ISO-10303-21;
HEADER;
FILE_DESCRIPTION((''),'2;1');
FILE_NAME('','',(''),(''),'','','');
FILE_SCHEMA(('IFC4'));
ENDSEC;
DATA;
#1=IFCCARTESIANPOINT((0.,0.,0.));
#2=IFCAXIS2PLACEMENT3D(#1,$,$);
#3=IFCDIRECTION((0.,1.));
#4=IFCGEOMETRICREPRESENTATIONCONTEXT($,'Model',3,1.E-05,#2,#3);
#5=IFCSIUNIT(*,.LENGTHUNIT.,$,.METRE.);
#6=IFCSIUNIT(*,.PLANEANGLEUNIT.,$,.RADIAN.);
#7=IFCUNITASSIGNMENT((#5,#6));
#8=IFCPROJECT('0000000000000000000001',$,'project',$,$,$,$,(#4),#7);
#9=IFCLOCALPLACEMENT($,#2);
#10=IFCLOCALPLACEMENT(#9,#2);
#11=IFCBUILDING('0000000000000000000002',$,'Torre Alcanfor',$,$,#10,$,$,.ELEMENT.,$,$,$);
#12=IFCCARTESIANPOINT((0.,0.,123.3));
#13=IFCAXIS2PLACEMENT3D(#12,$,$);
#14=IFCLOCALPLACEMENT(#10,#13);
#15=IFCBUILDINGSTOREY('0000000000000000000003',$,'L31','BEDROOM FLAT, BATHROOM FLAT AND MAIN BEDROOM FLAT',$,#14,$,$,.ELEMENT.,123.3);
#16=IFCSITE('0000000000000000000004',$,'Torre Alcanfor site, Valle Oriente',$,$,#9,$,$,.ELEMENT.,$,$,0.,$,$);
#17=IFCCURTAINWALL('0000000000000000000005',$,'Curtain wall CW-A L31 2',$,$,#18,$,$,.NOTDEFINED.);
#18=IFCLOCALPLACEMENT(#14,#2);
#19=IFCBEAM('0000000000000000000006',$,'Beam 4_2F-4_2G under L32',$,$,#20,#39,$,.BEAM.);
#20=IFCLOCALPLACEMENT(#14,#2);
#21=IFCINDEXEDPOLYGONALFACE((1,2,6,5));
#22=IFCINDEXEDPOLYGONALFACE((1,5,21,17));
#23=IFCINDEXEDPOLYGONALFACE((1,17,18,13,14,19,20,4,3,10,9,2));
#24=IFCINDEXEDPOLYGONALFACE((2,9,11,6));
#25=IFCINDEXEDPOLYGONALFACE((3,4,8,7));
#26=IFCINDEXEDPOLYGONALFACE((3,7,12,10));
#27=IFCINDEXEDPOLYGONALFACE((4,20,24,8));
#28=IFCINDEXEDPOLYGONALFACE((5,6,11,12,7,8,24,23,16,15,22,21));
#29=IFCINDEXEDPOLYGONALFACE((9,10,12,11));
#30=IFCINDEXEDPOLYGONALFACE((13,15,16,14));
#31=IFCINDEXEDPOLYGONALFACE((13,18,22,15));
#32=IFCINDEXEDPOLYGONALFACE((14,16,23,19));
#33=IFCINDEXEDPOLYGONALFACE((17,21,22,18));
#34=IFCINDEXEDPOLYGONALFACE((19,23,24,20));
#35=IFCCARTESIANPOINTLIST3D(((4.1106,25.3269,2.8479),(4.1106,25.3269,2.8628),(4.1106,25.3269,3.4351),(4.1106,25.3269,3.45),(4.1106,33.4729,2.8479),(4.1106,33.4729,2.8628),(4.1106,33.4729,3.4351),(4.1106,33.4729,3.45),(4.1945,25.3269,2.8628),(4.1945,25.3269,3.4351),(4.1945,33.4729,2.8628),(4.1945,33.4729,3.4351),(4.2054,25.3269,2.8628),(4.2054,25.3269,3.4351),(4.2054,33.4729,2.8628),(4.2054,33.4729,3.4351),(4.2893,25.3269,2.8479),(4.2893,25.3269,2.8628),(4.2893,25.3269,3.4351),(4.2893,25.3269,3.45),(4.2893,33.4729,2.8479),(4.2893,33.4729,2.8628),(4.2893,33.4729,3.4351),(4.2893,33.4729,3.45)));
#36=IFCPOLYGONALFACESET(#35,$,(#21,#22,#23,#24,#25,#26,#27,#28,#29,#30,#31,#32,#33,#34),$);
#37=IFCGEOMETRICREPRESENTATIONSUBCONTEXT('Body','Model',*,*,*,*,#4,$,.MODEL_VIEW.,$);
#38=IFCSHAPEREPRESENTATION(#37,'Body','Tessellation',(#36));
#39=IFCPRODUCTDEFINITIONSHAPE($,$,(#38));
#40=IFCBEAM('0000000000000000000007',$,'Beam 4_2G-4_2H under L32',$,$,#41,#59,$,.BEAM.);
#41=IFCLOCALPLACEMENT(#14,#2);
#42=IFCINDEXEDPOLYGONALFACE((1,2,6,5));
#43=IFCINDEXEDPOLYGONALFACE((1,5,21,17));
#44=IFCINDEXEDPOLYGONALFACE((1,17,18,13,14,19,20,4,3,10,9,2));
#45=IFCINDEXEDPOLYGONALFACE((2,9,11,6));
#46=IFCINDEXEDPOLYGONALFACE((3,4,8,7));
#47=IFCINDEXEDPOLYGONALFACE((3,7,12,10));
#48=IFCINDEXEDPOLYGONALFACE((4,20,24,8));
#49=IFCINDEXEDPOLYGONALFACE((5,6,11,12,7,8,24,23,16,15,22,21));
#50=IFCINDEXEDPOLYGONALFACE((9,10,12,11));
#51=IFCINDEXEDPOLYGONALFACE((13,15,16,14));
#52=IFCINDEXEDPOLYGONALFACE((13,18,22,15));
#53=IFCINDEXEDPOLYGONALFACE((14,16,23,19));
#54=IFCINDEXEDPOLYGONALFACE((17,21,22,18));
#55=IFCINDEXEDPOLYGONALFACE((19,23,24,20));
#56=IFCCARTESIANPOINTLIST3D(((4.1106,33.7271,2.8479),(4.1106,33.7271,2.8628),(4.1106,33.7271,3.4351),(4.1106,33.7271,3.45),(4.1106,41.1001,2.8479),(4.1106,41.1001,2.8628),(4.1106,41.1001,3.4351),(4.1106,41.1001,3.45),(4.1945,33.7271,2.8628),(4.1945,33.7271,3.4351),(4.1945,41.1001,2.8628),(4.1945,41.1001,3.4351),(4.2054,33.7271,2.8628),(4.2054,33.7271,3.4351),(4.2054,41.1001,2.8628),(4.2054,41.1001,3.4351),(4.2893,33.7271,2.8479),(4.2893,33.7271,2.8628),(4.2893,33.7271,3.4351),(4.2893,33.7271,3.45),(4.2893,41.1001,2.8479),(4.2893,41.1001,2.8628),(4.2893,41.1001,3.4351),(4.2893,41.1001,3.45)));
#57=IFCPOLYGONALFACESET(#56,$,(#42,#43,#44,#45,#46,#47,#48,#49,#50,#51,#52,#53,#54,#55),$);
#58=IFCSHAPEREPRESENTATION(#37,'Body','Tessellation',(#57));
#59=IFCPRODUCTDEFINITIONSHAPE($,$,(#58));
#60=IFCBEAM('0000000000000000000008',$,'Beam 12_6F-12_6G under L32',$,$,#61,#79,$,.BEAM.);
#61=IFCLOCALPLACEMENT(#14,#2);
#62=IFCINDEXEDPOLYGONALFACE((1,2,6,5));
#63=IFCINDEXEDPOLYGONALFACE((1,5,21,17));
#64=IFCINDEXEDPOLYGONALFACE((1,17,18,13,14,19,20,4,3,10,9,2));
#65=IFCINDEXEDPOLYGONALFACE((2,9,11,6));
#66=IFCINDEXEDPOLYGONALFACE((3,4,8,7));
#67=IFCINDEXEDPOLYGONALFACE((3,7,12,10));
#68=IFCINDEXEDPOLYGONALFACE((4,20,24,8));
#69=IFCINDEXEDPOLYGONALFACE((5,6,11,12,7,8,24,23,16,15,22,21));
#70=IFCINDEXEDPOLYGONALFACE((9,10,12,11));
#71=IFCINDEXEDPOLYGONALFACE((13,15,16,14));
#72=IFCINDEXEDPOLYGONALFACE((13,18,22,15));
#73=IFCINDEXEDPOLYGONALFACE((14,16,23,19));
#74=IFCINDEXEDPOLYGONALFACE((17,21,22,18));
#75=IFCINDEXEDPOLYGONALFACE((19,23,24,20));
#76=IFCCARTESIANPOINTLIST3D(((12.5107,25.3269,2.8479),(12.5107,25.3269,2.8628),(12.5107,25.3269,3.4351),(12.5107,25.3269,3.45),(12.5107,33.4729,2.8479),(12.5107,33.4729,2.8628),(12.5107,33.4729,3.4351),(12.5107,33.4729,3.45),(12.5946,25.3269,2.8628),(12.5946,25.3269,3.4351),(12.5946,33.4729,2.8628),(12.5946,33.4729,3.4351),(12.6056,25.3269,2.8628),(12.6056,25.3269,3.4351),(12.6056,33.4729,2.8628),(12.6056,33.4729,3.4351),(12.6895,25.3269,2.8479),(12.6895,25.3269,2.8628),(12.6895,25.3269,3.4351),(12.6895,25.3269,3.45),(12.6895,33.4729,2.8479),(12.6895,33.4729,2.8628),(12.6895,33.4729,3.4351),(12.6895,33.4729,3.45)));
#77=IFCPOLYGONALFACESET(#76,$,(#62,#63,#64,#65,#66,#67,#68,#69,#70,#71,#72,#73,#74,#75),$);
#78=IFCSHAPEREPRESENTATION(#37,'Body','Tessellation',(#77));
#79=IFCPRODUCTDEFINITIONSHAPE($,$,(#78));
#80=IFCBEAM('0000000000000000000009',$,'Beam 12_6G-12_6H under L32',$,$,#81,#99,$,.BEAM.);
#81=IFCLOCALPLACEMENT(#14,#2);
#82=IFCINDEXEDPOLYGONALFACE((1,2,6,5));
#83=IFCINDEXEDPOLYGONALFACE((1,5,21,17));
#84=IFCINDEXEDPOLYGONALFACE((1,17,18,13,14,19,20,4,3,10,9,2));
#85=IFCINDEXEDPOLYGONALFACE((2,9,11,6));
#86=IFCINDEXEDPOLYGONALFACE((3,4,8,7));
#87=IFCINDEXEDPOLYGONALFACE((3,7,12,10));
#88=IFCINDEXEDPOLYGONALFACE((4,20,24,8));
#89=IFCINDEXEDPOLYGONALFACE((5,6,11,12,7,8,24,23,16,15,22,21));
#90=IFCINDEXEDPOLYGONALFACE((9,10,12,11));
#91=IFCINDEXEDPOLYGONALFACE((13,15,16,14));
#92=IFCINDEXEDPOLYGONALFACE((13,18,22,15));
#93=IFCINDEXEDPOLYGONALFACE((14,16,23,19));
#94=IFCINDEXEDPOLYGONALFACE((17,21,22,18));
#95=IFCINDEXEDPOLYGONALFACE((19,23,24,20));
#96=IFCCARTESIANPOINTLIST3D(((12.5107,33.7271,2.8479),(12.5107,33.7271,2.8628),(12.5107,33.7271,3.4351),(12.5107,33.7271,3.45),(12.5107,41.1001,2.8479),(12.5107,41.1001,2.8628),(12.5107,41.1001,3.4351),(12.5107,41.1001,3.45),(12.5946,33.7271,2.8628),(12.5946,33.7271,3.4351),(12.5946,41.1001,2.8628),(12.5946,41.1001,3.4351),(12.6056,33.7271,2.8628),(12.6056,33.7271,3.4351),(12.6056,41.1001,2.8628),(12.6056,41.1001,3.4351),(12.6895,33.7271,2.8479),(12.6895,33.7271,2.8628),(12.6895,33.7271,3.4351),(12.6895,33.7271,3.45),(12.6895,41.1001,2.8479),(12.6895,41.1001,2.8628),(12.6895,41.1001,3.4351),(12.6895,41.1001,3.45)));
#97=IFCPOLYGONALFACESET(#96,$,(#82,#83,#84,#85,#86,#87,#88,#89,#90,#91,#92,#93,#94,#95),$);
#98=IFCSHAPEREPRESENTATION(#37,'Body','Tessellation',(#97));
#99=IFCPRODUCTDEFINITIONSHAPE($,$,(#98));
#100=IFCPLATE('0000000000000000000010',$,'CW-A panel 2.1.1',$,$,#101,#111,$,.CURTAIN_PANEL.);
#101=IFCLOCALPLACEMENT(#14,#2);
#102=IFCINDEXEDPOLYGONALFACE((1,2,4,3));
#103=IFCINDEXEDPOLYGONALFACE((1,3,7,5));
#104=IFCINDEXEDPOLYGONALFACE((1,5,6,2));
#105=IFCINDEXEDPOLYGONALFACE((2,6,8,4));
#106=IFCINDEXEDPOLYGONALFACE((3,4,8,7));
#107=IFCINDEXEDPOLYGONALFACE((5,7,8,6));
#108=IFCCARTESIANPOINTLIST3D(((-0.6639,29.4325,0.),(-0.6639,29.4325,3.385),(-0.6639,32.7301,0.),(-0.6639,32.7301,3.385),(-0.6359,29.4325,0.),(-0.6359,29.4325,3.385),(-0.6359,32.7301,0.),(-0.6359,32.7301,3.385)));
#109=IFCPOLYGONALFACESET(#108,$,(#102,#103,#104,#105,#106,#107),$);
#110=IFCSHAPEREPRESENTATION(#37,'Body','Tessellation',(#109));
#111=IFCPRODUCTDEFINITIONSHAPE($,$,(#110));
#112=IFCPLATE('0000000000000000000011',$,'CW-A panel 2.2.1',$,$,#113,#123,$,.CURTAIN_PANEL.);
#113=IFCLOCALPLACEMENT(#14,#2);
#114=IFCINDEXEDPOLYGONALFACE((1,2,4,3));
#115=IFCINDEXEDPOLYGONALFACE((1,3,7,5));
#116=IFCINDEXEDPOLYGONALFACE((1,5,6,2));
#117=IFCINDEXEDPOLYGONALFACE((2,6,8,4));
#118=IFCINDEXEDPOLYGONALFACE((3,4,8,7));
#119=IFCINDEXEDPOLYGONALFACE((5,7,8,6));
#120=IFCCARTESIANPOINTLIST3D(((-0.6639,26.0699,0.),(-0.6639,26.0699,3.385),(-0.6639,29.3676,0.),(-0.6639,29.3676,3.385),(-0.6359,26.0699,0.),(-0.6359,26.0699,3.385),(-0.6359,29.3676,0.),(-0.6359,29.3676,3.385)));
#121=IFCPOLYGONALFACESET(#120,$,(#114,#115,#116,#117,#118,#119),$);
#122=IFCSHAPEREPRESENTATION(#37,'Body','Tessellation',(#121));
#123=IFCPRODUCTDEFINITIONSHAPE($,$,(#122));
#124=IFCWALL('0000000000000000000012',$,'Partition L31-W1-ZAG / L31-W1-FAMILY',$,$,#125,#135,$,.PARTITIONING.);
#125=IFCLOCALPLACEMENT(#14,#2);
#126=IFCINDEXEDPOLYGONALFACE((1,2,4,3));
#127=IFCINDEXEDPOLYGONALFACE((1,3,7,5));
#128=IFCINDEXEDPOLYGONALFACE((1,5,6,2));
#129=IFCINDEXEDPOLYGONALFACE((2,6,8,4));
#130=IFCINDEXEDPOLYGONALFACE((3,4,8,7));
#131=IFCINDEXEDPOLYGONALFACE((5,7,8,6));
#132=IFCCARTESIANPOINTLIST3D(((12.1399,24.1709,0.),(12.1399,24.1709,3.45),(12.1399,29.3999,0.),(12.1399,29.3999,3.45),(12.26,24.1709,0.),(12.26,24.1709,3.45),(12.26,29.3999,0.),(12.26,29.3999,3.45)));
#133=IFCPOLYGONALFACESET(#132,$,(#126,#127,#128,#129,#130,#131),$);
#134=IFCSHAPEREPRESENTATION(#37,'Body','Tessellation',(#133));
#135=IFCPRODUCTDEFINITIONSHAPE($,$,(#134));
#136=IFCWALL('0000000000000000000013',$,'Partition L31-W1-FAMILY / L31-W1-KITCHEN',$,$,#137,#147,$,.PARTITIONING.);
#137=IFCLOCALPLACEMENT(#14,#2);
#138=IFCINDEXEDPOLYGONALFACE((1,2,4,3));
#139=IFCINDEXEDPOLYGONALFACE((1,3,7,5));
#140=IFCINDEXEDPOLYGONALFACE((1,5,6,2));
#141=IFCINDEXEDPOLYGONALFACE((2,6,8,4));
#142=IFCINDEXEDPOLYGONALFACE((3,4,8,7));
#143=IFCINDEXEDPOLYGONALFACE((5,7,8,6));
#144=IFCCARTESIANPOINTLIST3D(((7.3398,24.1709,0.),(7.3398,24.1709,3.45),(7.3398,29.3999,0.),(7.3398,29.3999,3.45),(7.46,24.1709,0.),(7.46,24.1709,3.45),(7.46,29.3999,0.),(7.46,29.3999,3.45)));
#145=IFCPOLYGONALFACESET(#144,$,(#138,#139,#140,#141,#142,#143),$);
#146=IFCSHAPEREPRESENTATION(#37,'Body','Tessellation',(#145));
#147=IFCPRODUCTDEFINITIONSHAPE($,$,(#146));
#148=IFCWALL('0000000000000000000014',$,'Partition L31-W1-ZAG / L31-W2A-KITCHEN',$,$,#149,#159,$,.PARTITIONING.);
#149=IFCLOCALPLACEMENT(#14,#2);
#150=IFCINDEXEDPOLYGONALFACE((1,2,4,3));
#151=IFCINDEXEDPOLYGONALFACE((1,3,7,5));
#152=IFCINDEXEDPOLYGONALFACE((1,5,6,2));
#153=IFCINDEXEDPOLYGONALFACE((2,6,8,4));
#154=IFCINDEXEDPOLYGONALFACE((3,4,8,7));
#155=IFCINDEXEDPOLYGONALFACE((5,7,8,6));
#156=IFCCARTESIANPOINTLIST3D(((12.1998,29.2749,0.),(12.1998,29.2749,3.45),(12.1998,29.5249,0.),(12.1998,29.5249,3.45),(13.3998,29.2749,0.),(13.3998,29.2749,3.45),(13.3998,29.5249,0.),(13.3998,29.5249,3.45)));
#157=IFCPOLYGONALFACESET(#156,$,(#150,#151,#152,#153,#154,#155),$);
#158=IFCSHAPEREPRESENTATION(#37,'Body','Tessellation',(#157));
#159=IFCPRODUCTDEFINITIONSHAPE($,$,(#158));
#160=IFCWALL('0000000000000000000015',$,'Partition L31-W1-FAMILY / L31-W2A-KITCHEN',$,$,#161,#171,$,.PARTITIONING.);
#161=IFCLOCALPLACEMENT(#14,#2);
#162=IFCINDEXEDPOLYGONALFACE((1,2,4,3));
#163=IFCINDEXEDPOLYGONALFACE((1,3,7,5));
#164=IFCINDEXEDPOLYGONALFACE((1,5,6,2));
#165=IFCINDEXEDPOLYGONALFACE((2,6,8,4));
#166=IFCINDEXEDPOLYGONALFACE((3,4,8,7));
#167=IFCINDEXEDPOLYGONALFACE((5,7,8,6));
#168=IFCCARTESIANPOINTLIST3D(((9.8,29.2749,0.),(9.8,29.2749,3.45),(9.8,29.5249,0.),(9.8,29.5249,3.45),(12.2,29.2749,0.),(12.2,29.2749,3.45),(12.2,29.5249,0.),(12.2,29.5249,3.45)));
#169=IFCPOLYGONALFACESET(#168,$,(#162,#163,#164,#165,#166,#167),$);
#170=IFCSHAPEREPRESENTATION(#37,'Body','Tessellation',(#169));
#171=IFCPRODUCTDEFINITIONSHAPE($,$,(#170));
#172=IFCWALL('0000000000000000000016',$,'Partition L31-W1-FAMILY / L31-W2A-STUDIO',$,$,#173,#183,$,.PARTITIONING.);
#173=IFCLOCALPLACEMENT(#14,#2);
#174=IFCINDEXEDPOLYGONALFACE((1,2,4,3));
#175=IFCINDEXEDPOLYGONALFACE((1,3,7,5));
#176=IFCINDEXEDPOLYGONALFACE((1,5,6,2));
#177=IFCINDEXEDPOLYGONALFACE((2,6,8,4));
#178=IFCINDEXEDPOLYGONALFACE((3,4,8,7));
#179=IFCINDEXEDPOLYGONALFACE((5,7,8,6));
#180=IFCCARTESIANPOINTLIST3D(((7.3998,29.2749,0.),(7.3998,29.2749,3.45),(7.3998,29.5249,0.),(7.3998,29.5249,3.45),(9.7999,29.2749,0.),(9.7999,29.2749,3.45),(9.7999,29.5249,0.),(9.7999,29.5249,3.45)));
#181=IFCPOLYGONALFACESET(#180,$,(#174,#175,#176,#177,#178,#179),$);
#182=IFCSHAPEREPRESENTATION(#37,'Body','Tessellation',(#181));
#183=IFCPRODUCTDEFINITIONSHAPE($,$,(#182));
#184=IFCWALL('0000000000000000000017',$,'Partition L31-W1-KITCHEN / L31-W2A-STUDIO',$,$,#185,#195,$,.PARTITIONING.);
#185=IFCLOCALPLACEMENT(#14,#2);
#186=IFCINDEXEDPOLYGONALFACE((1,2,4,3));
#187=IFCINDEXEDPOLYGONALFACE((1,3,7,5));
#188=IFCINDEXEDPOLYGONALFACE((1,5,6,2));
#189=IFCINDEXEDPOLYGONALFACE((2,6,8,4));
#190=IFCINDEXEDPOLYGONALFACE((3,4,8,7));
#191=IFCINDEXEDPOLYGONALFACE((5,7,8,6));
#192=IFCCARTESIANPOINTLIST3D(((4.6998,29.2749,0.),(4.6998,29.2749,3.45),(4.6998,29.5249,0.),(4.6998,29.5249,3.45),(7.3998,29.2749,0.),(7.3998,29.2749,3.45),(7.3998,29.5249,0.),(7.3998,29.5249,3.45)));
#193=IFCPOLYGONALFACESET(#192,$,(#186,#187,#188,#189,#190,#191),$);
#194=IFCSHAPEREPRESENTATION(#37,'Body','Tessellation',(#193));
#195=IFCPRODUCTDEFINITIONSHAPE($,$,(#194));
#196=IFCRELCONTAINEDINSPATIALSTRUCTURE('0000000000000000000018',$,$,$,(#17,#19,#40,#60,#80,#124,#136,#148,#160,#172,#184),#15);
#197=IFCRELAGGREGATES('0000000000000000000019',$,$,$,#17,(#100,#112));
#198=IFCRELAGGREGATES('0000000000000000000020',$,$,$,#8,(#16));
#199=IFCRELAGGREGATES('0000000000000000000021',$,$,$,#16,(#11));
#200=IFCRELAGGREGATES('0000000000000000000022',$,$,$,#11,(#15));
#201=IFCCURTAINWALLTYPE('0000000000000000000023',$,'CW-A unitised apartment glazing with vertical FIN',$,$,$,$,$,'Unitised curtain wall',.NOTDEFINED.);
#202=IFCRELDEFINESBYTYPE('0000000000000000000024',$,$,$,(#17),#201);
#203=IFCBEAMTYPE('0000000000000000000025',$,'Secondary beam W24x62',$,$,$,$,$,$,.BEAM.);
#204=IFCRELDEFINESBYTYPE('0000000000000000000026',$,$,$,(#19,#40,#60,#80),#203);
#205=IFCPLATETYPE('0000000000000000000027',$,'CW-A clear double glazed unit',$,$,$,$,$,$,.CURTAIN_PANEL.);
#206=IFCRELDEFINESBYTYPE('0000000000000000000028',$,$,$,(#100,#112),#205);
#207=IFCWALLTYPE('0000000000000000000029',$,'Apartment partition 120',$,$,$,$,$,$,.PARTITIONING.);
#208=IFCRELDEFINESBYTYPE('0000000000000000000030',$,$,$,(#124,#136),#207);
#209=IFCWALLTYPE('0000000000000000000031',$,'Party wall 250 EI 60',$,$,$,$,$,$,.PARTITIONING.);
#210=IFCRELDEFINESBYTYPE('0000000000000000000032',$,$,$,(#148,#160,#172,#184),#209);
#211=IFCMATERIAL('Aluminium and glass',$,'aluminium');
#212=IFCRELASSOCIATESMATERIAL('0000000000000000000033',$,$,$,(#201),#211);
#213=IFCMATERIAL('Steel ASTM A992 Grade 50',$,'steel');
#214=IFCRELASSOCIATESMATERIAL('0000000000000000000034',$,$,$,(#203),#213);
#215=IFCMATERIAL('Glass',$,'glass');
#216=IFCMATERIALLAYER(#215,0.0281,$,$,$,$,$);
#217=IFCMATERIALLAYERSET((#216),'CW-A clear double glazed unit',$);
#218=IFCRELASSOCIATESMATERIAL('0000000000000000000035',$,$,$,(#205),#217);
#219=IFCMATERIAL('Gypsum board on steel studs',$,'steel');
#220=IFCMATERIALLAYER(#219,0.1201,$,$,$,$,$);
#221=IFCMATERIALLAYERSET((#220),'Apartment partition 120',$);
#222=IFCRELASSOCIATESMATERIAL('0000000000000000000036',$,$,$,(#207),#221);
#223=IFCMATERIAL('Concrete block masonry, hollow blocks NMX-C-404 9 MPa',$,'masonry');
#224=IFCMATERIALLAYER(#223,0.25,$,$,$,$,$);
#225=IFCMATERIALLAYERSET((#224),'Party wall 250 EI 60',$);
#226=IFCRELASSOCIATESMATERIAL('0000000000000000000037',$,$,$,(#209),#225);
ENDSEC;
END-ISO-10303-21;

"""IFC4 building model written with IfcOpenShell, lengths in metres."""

from ifc_helpers import new_model, si_unit, direction, frame, frame_2d, origin, origin_2d, place, context, subcontext, project, spatial, rectangle, i_section, extrude, material, layer, layer_set, material_profile, profile_set, type_object, element, aggregate, save


model = new_model("IFC4")

# Units and contexts
model_context = context("Model", 3, precision=1e-05, world=origin(), true_north=direction((0.0, 1.0)))
body_context = subcontext(model_context, "Body", "Model", "MODEL_VIEW")
ifc_project = project(units=[si_unit("LENGTHUNIT", "METRE"), si_unit("PLANEANGLEUNIT", "RADIAN")], contexts=[model_context])

# Site, building, storey
site_placement = place(None, origin())
site = spatial("IfcSite", under=ifc_project, at=site_placement, Name="Torre Alcanfor site, Valle Oriente", CompositionType="ELEMENT", RefElevation=0.0)
building_placement = place(site_placement, origin())
building = spatial("IfcBuilding", under=site, at=building_placement, Name="Torre Alcanfor", CompositionType="ELEMENT")
storey_placement = place(building_placement, frame((0.0, 0.0, 123.3)))
storey = spatial("IfcBuildingStorey", under=building, at=storey_placement, Name="L31", Description="BEDROOM FLAT, BATHROOM FLAT AND MAIN BEDROOM FLAT", CompositionType="ELEMENT", Elevation=123.3)

# Curtain wall
ifc_material_1 = material(Name="Aluminium and glass", Category="aluminium")
curtain_wall_type = type_object("IfcCurtainWallType", Name="CW-A unitised apartment glazing with vertical FIN", ElementType="Unitised curtain wall", PredefinedType="NOTDEFINED", material=ifc_material_1)
curtain_wall_placement = place(storey_placement, origin())
curtain_wall = element("IfcCurtainWall", 1, at=curtain_wall_placement, inside=storey, type_object=curtain_wall_type, Name="Curtain wall CW-A L31 2", PredefinedType="NOTDEFINED")

# Beams
ifc_material_2 = material(Name="Steel ASTM A992 Grade 50", Category="steel")
ifc_material_profile_1 = material_profile(ifc_material_2, i_section(OverallWidth=0.1787, OverallDepth=0.6021, WebThickness=0.011, FlangeThickness=0.0149, at=origin_2d()), Name="W24x62")
ifc_profile_set_1 = profile_set([ifc_material_profile_1], Name="Steel ASTM A992 Grade 50")
beam_type_1 = type_object("IfcBeamType", Name="Secondary beam W24x62", PredefinedType="BEAM", material=ifc_profile_set_1)
beam_1_placement = place(storey_placement, frame((4.2, 25.3269, 3.1489), z_axis=(0.0, 1.0, 0.0), x_axis=(-1.0, 0.0, 0.0)))
element("IfcBeam", 2, at=beam_1_placement, inside=storey, type_object=beam_type_1, Name="Beam 4_2F-4_2G under L32", PredefinedType="BEAM", context=body_context, shape_type="SweptSolid", body=[
    extrude(i_section(OverallWidth=0.1787, OverallDepth=0.6021, WebThickness=0.011, FlangeThickness=0.0149, at=origin_2d()), origin(), (0.0, 0.0, 1.0), 8.146),
])
beam_2_placement = place(storey_placement, frame((4.2, 33.7271, 3.1489), z_axis=(0.0, 1.0, 0.0), x_axis=(-1.0, 0.0, 0.0)))
element("IfcBeam", 3, at=beam_2_placement, inside=storey, type_object=beam_type_1, Name="Beam 4_2G-4_2H under L32", PredefinedType="BEAM", context=body_context, shape_type="SweptSolid", body=[
    extrude(i_section(OverallWidth=0.1787, OverallDepth=0.6021, WebThickness=0.011, FlangeThickness=0.0149, at=origin_2d()), origin(), (0.0, 0.0, 1.0), 7.373),
])
beam_3_placement = place(storey_placement, frame((12.6001, 25.3269, 3.1489), z_axis=(0.0, 1.0, 0.0), x_axis=(-1.0, 0.0, 0.0)))
element("IfcBeam", 4, at=beam_3_placement, inside=storey, type_object=beam_type_1, Name="Beam 12_6F-12_6G under L32", PredefinedType="BEAM", context=body_context, shape_type="SweptSolid", body=[
    extrude(i_section(OverallWidth=0.1787, OverallDepth=0.6021, WebThickness=0.011, FlangeThickness=0.0149, at=origin_2d()), origin(), (0.0, 0.0, 1.0), 8.146),
])
beam_4_placement = place(storey_placement, frame((12.6001, 33.7271, 3.1489), z_axis=(0.0, 1.0, 0.0), x_axis=(-1.0, 0.0, 0.0)))
element("IfcBeam", 5, at=beam_4_placement, inside=storey, type_object=beam_type_1, Name="Beam 12_6G-12_6H under L32", PredefinedType="BEAM", context=body_context, shape_type="SweptSolid", body=[
    extrude(i_section(OverallWidth=0.1787, OverallDepth=0.6021, WebThickness=0.011, FlangeThickness=0.0149, at=origin_2d()), origin(), (0.0, 0.0, 1.0), 7.373),
])

# Plates
ifc_material_3 = material(Name="Glass", Category="glass")
ifc_layer_1 = layer(ifc_material_3, 0.0281)
ifc_layer_set_1 = layer_set([ifc_layer_1], Name="CW-A clear double glazed unit")
plate_type = type_object("IfcPlateType", Name="CW-A clear double glazed unit", PredefinedType="CURTAIN_PANEL", material=ifc_layer_set_1)
plate_1_placement = place(storey_placement, frame((-0.6499, 31.0813, 0.0), z_axis=(0.0, 0.0, 1.0), x_axis=(0.0, -1.0, 0.0)))
plate_1 = element("IfcPlate", 6, at=plate_1_placement, type_object=plate_type, Name="CW-A panel 2.1.1", PredefinedType="CURTAIN_PANEL", context=body_context, shape_type="SweptSolid", body=[
    extrude(rectangle(XDim=3.2976, YDim=0.0281, at=origin_2d()), origin(), (0.0, 0.0, 1.0), 3.385),
])
plate_2_placement = place(storey_placement, frame((-0.6499, 27.7188, 0.0), z_axis=(0.0, 0.0, 1.0), x_axis=(0.0, -1.0, 0.0)))
plate_2 = element("IfcPlate", 7, at=plate_2_placement, type_object=plate_type, Name="CW-A panel 2.2.1", PredefinedType="CURTAIN_PANEL", context=body_context, shape_type="SweptSolid", body=[
    extrude(rectangle(XDim=3.2976, YDim=0.0281, at=origin_2d()), origin(), (0.0, 0.0, 1.0), 3.385),
])
aggregate(curtain_wall, [plate_1, plate_2])

# Walls
ifc_material_4 = material(Name="Gypsum board on steel studs", Category="steel")
ifc_layer_2 = layer(ifc_material_4, 0.1201)
ifc_layer_set_2 = layer_set([ifc_layer_2], Name="Apartment partition 120")
wall_type_1 = type_object("IfcWallType", Name="Apartment partition 120", PredefinedType="PARTITIONING", material=ifc_layer_set_2)
for number, where, z_axis, x_axis, name in (
    (8, (12.2, 29.3999, 0.0), (0.0, 0.0, 1.0), (0.0, -1.0, 0.0), "Partition L31-W1-ZAG / L31-W1-FAMILY"),
    (9, (7.3999, 29.3999, 0.0), (0.0, 0.0, 1.0), (0.0, -1.0, 0.0), "Partition L31-W1-FAMILY / L31-W1-KITCHEN"),
):
    element("IfcWall", number, at=place(storey_placement, frame(where, z_axis=z_axis, x_axis=x_axis)), inside=storey, type_object=wall_type_1, Name=name, PredefinedType="PARTITIONING", context=body_context, shape_type="SweptSolid", body=[
        extrude(rectangle(XDim=5.229, YDim=0.1201, at=frame_2d((2.6145, 0.0))), origin(), (0.0, 0.0, 1.0), 3.45),
    ])
ifc_material_5 = material(Name="Concrete block masonry, hollow blocks NMX-C-404 9 MPa", Category="masonry")
ifc_layer_3 = layer(ifc_material_5, 0.25)
ifc_layer_set_3 = layer_set([ifc_layer_3], Name="Party wall 250 EI 60")
wall_type_2 = type_object("IfcWallType", Name="Party wall 250 EI 60", PredefinedType="PARTITIONING", material=ifc_layer_set_3)
wall_1_placement = place(storey_placement, frame((13.3999, 29.3999, 0.0), z_axis=(0.0, 0.0, 1.0), x_axis=(-1.0, 0.0, 0.0)))
element("IfcWall", 10, at=wall_1_placement, inside=storey, type_object=wall_type_2, Name="Partition L31-W1-ZAG / L31-W2A-KITCHEN", PredefinedType="PARTITIONING", context=body_context, shape_type="SweptSolid", body=[
    extrude(rectangle(XDim=1.2, YDim=0.25, at=frame_2d((0.6001, 0.0))), origin(), (0.0, 0.0, 1.0), 3.45),
])
wall_2_placement = place(storey_placement, frame((12.2, 29.3999, 0.0), z_axis=(0.0, 0.0, 1.0), x_axis=(-1.0, 0.0, 0.0)))
element("IfcWall", 11, at=wall_2_placement, inside=storey, type_object=wall_type_2, Name="Partition L31-W1-FAMILY / L31-W2A-KITCHEN", PredefinedType="PARTITIONING", context=body_context, shape_type="SweptSolid", body=[
    extrude(rectangle(XDim=2.3999, YDim=0.25, at=frame_2d((1.2, 0.0))), origin(), (0.0, 0.0, 1.0), 3.45),
])
wall_3_placement = place(storey_placement, frame((9.8, 29.3999, 0.0), z_axis=(0.0, 0.0, 1.0), x_axis=(-1.0, 0.0, 0.0)))
element("IfcWall", 12, at=wall_3_placement, inside=storey, type_object=wall_type_2, Name="Partition L31-W1-FAMILY / L31-W2A-STUDIO", PredefinedType="PARTITIONING", context=body_context, shape_type="SweptSolid", body=[
    extrude(rectangle(XDim=2.4001, YDim=0.25, at=frame_2d((1.2002, 0.0))), origin(), (0.0, 0.0, 1.0), 3.45),
])
wall_4_placement = place(storey_placement, frame((7.3999, 29.3999, 0.0), z_axis=(0.0, 0.0, 1.0), x_axis=(-1.0, 0.0, 0.0)))
element("IfcWall", 13, at=wall_4_placement, inside=storey, type_object=wall_type_2, Name="Partition L31-W1-KITCHEN / L31-W2A-STUDIO", PredefinedType="PARTITIONING", context=body_context, shape_type="SweptSolid", body=[
    extrude(rectangle(XDim=2.7, YDim=0.25, at=frame_2d((1.3501, 0.0))), origin(), (0.0, 0.0, 1.0), 3.45),
])

save(model, "model.ifc")
